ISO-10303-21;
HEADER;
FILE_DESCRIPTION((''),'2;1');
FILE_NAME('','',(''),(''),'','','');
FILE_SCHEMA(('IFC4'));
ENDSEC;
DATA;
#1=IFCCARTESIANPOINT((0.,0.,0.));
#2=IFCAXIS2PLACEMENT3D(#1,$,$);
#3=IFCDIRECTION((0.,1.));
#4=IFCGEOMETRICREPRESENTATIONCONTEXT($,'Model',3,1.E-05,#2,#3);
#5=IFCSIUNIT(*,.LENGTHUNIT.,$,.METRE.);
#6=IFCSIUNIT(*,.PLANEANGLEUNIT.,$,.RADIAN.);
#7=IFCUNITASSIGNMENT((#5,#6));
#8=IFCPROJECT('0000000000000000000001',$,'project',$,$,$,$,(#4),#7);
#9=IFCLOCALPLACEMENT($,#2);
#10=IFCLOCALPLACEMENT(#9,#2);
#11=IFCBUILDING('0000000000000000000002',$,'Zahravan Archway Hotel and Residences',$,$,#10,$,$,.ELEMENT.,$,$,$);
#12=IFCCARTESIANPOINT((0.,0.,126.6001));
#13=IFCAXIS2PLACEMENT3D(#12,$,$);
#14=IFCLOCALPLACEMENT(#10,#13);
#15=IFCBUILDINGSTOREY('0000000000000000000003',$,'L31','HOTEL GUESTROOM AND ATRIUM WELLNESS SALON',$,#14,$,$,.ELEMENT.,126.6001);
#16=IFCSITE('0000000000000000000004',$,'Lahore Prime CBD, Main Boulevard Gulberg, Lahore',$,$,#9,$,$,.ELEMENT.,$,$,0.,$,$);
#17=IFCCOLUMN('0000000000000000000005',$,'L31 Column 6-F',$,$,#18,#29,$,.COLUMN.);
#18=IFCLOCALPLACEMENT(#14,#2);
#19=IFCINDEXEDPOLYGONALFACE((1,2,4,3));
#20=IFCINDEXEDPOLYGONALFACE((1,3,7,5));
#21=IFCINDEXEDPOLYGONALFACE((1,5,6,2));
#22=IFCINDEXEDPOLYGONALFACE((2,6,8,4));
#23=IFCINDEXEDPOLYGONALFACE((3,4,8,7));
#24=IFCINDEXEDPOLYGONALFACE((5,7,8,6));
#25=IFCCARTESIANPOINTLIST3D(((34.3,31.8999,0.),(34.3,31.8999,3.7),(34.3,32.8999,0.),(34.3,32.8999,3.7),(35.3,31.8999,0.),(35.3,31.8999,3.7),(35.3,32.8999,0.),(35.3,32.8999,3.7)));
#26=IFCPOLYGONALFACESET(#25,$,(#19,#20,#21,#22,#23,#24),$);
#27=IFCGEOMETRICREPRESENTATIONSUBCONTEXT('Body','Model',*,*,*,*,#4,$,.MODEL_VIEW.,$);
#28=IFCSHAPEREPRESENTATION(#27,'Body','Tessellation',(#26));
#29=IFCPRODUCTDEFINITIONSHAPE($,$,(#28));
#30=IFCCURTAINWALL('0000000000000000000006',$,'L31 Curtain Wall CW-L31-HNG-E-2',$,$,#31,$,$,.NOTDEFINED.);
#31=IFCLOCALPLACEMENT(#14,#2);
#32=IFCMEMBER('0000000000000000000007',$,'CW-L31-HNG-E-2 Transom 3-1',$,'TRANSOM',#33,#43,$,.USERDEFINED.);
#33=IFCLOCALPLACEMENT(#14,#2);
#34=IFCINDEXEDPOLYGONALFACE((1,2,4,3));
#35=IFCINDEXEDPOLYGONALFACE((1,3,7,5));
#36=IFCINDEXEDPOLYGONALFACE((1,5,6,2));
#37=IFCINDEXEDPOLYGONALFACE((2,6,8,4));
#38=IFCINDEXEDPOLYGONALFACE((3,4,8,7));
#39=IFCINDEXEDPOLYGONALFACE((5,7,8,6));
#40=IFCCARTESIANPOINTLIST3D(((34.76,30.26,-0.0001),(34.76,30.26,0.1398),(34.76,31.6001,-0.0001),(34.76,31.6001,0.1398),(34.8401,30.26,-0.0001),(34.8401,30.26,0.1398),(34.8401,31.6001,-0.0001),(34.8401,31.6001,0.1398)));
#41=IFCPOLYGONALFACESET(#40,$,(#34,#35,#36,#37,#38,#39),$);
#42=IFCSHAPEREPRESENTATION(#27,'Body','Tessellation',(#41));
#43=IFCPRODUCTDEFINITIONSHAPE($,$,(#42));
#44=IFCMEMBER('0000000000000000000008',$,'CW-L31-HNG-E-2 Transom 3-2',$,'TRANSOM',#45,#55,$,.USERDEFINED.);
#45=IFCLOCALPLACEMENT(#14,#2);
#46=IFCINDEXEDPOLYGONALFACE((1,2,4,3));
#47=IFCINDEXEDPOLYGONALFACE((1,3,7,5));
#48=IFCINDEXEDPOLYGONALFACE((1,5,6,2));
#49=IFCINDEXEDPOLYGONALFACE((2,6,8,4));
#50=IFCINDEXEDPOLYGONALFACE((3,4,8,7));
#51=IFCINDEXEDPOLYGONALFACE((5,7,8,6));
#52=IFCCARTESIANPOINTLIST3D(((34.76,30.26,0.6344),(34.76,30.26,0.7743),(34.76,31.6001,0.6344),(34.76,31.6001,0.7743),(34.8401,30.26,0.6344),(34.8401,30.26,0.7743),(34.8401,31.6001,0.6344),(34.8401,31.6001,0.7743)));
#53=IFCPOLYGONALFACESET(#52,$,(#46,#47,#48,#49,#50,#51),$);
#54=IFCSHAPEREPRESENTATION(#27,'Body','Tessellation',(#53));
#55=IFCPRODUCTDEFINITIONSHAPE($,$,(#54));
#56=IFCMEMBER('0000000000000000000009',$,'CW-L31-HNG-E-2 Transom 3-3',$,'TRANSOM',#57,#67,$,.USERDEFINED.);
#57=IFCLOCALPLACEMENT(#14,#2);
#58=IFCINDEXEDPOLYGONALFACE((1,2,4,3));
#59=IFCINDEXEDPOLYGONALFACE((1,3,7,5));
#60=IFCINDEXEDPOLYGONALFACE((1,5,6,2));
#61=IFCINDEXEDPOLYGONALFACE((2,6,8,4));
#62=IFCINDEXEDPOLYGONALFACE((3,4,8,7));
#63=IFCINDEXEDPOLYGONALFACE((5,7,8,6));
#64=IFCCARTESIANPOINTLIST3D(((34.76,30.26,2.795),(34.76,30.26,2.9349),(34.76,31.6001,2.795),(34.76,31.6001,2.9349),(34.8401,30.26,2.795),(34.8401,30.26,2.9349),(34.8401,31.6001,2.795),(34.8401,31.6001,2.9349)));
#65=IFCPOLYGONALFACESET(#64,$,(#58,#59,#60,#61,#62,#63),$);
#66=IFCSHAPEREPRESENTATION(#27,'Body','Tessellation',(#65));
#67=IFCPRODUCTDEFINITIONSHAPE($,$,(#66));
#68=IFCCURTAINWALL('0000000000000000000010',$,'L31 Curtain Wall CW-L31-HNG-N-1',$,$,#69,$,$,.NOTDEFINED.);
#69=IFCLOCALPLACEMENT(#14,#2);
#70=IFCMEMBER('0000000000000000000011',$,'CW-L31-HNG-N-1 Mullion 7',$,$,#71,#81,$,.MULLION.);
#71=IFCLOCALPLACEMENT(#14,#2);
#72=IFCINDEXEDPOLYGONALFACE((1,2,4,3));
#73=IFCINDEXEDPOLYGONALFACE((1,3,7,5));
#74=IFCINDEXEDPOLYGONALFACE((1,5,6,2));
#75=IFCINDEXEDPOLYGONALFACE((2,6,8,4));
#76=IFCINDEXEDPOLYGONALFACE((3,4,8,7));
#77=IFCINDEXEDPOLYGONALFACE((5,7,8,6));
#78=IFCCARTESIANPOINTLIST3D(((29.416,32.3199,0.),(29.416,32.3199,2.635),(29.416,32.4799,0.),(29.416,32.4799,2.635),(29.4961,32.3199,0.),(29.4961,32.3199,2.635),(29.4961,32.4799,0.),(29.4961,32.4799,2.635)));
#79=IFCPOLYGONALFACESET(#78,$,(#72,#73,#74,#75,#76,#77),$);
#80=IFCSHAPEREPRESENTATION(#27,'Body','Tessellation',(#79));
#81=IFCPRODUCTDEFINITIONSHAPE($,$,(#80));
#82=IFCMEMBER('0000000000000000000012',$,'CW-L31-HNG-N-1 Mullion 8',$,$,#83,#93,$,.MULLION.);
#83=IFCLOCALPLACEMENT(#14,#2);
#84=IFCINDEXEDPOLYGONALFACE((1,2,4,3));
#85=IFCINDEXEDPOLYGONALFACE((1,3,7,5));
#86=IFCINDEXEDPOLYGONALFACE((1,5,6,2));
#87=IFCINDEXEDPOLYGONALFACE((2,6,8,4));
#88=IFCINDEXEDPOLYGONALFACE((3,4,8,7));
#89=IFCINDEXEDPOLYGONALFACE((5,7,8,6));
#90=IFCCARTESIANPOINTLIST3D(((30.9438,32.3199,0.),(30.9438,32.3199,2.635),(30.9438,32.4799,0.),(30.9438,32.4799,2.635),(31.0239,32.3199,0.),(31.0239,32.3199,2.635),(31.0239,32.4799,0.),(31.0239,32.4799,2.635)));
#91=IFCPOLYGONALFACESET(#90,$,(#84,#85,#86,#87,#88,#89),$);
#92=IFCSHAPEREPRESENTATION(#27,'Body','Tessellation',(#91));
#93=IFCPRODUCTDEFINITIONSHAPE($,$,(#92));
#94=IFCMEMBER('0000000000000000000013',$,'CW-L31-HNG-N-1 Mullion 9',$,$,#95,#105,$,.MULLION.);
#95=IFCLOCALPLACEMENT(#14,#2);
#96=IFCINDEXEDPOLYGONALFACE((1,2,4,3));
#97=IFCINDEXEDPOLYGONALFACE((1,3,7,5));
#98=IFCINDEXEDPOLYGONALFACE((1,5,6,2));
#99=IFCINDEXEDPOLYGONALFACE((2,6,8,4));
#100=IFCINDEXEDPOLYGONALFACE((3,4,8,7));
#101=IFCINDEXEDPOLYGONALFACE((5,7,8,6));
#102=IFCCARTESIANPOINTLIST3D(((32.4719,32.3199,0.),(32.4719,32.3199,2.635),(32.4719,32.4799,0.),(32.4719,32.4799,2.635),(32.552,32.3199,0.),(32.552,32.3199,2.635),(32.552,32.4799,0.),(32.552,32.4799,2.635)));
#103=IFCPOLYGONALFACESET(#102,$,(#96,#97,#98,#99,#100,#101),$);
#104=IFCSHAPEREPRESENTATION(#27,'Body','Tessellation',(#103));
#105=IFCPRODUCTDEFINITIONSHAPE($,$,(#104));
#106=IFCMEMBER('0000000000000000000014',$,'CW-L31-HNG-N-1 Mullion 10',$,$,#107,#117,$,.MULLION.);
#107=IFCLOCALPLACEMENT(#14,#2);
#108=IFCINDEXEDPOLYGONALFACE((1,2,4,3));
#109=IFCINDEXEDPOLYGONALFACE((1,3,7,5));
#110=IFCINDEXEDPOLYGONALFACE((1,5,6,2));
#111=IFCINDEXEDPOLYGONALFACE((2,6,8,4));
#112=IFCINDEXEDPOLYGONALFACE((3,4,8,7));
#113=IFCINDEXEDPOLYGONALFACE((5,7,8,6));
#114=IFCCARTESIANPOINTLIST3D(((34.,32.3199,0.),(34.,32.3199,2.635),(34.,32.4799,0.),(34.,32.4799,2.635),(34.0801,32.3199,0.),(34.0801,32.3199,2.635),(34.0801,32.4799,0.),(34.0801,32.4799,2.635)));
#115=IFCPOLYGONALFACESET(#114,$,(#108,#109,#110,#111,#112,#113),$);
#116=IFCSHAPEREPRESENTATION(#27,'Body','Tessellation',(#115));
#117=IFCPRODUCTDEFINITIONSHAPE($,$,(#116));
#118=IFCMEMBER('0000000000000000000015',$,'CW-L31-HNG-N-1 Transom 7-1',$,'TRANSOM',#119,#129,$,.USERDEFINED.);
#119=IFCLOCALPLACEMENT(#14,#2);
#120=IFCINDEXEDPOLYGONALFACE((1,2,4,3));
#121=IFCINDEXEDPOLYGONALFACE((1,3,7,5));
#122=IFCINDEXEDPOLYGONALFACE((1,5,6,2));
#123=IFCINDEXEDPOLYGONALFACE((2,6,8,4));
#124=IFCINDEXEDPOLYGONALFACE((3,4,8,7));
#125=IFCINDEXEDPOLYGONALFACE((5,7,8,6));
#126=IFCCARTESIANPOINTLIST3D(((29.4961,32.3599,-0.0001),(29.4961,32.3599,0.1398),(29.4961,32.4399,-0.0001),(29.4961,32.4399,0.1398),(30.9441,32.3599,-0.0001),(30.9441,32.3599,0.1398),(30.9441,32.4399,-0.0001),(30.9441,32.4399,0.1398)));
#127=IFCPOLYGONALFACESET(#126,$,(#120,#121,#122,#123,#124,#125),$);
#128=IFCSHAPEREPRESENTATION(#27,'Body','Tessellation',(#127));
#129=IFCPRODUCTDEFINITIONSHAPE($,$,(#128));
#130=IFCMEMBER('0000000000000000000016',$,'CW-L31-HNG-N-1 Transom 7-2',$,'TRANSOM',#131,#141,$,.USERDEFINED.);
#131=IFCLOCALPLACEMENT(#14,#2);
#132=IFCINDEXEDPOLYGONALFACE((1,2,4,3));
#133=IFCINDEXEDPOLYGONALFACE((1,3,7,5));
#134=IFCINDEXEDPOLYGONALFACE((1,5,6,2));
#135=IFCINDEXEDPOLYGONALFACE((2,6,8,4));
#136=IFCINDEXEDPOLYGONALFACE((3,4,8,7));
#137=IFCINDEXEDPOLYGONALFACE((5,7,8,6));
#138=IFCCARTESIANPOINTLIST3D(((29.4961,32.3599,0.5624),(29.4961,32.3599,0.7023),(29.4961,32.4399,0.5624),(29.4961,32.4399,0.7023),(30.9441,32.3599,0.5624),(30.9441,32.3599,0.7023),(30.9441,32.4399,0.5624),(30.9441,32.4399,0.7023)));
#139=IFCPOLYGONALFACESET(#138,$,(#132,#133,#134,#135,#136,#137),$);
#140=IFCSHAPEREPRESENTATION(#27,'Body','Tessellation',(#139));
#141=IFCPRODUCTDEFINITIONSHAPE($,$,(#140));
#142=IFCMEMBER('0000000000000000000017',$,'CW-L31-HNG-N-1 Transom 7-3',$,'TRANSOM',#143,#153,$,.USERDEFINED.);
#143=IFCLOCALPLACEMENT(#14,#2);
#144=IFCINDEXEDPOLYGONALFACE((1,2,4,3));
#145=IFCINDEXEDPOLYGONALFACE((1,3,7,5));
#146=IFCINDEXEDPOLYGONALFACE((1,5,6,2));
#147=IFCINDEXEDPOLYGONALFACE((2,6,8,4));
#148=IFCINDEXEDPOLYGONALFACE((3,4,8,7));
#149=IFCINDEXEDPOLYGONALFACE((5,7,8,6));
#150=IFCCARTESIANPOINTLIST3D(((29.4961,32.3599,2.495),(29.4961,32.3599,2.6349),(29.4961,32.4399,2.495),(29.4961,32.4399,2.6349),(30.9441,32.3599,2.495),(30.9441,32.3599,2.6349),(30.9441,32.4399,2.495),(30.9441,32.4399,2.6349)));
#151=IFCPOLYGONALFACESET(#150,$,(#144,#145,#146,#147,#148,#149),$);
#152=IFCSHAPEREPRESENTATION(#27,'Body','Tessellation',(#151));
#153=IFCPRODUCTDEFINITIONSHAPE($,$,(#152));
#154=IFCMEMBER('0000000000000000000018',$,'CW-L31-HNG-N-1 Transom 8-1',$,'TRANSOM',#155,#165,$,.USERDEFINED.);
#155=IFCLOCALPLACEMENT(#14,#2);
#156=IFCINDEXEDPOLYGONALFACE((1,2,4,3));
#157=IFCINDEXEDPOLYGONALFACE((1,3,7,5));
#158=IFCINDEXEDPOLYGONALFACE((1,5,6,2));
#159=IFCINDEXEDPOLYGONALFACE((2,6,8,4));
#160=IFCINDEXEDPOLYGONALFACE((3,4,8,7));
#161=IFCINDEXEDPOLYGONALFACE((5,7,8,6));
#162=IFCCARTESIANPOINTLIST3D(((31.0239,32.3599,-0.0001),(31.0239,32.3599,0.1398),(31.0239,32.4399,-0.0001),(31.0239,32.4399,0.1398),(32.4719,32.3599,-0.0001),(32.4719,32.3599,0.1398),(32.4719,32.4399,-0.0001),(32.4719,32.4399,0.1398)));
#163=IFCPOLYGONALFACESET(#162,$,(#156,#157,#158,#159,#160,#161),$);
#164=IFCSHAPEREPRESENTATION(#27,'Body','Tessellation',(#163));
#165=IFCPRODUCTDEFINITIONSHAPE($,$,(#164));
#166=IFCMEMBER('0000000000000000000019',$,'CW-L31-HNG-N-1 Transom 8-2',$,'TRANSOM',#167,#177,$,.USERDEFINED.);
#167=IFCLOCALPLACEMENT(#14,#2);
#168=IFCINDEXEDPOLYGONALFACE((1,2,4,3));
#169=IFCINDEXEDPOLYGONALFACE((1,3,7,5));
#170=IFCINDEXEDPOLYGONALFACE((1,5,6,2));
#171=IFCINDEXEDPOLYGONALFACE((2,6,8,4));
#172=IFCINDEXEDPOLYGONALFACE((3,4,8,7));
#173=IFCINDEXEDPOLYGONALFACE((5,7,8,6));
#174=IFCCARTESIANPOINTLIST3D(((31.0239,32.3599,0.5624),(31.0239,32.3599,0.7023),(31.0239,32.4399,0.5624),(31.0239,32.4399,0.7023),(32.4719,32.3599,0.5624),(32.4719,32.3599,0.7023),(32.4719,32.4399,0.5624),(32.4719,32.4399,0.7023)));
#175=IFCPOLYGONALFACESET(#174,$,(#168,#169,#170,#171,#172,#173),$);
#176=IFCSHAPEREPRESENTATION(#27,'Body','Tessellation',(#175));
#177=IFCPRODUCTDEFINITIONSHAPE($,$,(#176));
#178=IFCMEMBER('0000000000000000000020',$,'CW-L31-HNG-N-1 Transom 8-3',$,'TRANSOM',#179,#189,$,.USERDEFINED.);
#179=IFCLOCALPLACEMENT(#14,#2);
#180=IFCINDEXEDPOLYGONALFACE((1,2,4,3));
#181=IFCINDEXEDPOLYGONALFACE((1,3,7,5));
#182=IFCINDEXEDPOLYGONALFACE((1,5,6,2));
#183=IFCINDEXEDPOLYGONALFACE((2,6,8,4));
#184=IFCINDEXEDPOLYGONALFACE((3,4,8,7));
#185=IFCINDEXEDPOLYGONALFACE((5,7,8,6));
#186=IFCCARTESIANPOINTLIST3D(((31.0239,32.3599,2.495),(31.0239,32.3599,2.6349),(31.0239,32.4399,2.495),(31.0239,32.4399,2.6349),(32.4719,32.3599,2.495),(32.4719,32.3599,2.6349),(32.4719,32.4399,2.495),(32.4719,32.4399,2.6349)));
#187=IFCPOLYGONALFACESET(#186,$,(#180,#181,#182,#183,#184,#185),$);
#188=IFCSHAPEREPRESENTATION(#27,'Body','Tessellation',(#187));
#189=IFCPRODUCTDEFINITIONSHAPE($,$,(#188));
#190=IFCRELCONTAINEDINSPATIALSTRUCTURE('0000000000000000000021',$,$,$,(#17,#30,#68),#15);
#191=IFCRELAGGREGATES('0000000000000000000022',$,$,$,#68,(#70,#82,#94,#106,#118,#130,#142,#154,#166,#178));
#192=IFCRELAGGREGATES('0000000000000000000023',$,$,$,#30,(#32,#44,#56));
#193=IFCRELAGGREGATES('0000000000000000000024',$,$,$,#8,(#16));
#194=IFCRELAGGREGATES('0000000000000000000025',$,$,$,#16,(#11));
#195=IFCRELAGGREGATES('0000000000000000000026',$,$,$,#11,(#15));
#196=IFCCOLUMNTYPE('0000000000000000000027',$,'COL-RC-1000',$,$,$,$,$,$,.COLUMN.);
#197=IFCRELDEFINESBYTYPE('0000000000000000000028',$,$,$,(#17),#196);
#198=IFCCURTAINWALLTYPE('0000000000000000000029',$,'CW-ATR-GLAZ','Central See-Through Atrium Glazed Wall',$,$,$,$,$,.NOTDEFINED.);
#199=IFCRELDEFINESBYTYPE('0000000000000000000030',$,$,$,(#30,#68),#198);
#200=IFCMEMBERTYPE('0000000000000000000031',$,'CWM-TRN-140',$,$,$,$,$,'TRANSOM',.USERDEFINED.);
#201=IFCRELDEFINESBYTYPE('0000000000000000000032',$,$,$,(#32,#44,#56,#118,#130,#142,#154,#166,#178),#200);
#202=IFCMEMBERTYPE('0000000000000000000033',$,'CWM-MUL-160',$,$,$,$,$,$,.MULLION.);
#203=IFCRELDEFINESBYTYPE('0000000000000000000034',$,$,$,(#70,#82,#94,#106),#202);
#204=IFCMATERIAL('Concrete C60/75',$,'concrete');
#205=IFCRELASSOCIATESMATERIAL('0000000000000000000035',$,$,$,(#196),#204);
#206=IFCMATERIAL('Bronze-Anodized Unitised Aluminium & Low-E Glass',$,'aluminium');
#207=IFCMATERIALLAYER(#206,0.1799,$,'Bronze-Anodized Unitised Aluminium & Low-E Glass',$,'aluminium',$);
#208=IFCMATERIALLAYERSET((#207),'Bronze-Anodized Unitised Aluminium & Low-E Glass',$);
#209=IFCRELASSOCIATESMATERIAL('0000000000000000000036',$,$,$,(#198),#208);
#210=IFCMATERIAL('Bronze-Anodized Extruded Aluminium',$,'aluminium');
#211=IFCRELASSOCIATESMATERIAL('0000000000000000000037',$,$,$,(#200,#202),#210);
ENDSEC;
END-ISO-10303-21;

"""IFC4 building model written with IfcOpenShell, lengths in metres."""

from ifc_helpers import new_model, si_unit, direction, frame, origin, origin_2d, place, context, subcontext, project, spatial, rectangle, extrude, source, transform, mapped, material, layer, layer_set, material_profile, profile_set, type_object, type_shapes, element, aggregate, save


model = new_model("IFC4")

# Units and contexts
model_context = context("Model", 3, precision=1e-05, world=origin(), true_north=direction((0.0, 1.0)))
body_context = subcontext(model_context, "Body", "Model", "MODEL_VIEW")
ifc_project = project(units=[si_unit("LENGTHUNIT", "METRE"), si_unit("PLANEANGLEUNIT", "RADIAN")], contexts=[model_context])

# Site, building, storey
site_placement = place(None, origin())
site = spatial("IfcSite", under=ifc_project, at=site_placement, Name="Lahore Prime CBD, Main Boulevard Gulberg, Lahore", CompositionType="ELEMENT", RefElevation=0.0)
building_placement = place(site_placement, origin())
building = spatial("IfcBuilding", under=site, at=building_placement, Name="Zahravan Archway Hotel and Residences", CompositionType="ELEMENT")
storey_placement = place(building_placement, frame((0.0, 0.0, 126.6001)))
storey = spatial("IfcBuildingStorey", under=building, at=storey_placement, Name="L31", Description="HOTEL GUESTROOM AND ATRIUM WELLNESS SALON", CompositionType="ELEMENT", Elevation=126.6001)

# Column
ifc_material_1 = material(Name="Concrete C60/75", Category="concrete")
ifc_material_profile_1 = material_profile(ifc_material_1, rectangle(XDim=1.0, YDim=1.0, at=origin_2d()), Name="RC-COL-1000x1000", Category="concrete")
ifc_profile_set_1 = profile_set([ifc_material_profile_1], Name="Concrete C60/75")
column_type = type_object("IfcColumnType", Name="COL-RC-1000", PredefinedType="COLUMN", material=ifc_profile_set_1)
shared_shape_1 = source(origin(), body_context, "Body", "SweptSolid", [
    extrude(rectangle(XDim=1.0, YDim=1.0, at=origin_2d()), origin(), (0.0, 0.0, 1.0), 3.7),
])
type_shapes(column_type, [shared_shape_1])
column_placement = place(storey_placement, frame((34.8, 32.3999, 0.0), z_axis=(0.0, 0.0, 1.0), x_axis=(1.0, 0.0, 0.0)))
element("IfcColumn", 1, at=column_placement, inside=storey, type_object=column_type, Name="L31 Column 6-F", PredefinedType="COLUMN", context=body_context, shape_type="MappedRepresentation", body=[
    mapped(shared_shape_1, transform((0.0, 0.0, 0.0), scale=1.0)),
])

# Curtain walls, members
ifc_material_2 = material(Name="Bronze-Anodized Unitised Aluminium & Low-E Glass", Category="aluminium")
ifc_layer_1 = layer(ifc_material_2, 0.1799, Name="Bronze-Anodized Unitised Aluminium & Low-E Glass", Category="aluminium")
ifc_layer_set_1 = layer_set([ifc_layer_1], Name="Bronze-Anodized Unitised Aluminium & Low-E Glass")
curtain_wall_type = type_object("IfcCurtainWallType", Name="CW-ATR-GLAZ", Description="Central See-Through Atrium Glazed Wall", PredefinedType="NOTDEFINED", material=ifc_layer_set_1)
curtain_wall_1_placement = place(storey_placement, origin())
curtain_wall_1 = element("IfcCurtainWall", 2, at=curtain_wall_1_placement, inside=storey, type_object=curtain_wall_type, Name="L31 Curtain Wall CW-L31-HNG-E-2", PredefinedType="NOTDEFINED")
ifc_material_3 = material(Name="Bronze-Anodized Extruded Aluminium", Category="aluminium")
ifc_material_profile_2 = material_profile(ifc_material_3, rectangle(XDim=0.0801, YDim=0.1399, at=origin_2d()), Name="TRN 80x140", Category="aluminium")
ifc_profile_set_2 = profile_set([ifc_material_profile_2], Name="Bronze-Anodized Extruded Aluminium")
member_type_1 = type_object("IfcMemberType", Name="CWM-TRN-140", ElementType="TRANSOM", PredefinedType="USERDEFINED", material=ifc_profile_set_2)
shared_shape_2 = source(origin(), body_context, "Body", "SweptSolid", [
    extrude(rectangle(XDim=0.0801, YDim=0.1399, at=origin_2d()), origin(), (0.0, 0.0, 1.0), 1.3401),
])
member_1_placement = place(storey_placement, frame((34.8, 30.26, 0.0698), z_axis=(0.0, 1.0, 0.0), x_axis=(-1.0, 0.0, 0.0)))
member_1 = element("IfcMember", 3, at=member_1_placement, type_object=member_type_1, Name="CW-L31-HNG-E-2 Transom 3-1", ObjectType="TRANSOM", PredefinedType="USERDEFINED", context=body_context, shape_type="MappedRepresentation", body=[
    mapped(shared_shape_2, transform((0.0, 0.0, 0.0), scale=1.0)),
])
member_2_placement = place(storey_placement, frame((34.8, 30.26, 0.7043), z_axis=(0.0, 1.0, 0.0), x_axis=(-1.0, 0.0, 0.0)))
member_2 = element("IfcMember", 4, at=member_2_placement, type_object=member_type_1, Name="CW-L31-HNG-E-2 Transom 3-2", ObjectType="TRANSOM", PredefinedType="USERDEFINED", context=body_context, shape_type="MappedRepresentation", body=[
    mapped(shared_shape_2, transform((0.0, 0.0, 0.0), scale=1.0)),
])
member_3_placement = place(storey_placement, frame((34.8, 30.26, 2.865), z_axis=(0.0, 1.0, 0.0), x_axis=(-1.0, 0.0, 0.0)))
member_3 = element("IfcMember", 5, at=member_3_placement, type_object=member_type_1, Name="CW-L31-HNG-E-2 Transom 3-3", ObjectType="TRANSOM", PredefinedType="USERDEFINED", context=body_context, shape_type="MappedRepresentation", body=[
    mapped(shared_shape_2, transform((0.0, 0.0, 0.0), scale=1.0)),
])
curtain_wall_2_placement = place(storey_placement, origin())
curtain_wall_2 = element("IfcCurtainWall", 6, at=curtain_wall_2_placement, inside=storey, type_object=curtain_wall_type, Name="L31 Curtain Wall CW-L31-HNG-N-1", PredefinedType="NOTDEFINED")
ifc_material_profile_3 = material_profile(ifc_material_3, rectangle(XDim=0.0801, YDim=0.1599, at=origin_2d()), Name="MUL 80x160", Category="aluminium")
ifc_profile_set_3 = profile_set([ifc_material_profile_3], Name="Bronze-Anodized Extruded Aluminium")
member_type_2 = type_object("IfcMemberType", Name="CWM-MUL-160", PredefinedType="MULLION", material=ifc_profile_set_3)
shared_shape_3 = source(origin(), body_context, "Body", "SweptSolid", [
    extrude(rectangle(XDim=0.0801, YDim=0.1599, at=origin_2d()), origin(), (0.0, 0.0, 1.0), 2.635),
])
member_4_placement = place(storey_placement, frame((29.4561, 32.3999, 0.0), z_axis=(0.0, 0.0, 1.0), x_axis=(1.0, 0.0, 0.0)))
member_4 = element("IfcMember", 7, at=member_4_placement, type_object=member_type_2, Name="CW-L31-HNG-N-1 Mullion 7", PredefinedType="MULLION", context=body_context, shape_type="MappedRepresentation", body=[
    mapped(shared_shape_3, transform((0.0, 0.0, 0.0), scale=1.0)),
])
member_5_placement = place(storey_placement, frame((30.9839, 32.3999, 0.0), z_axis=(0.0, 0.0, 1.0), x_axis=(1.0, 0.0, 0.0)))
member_5 = element("IfcMember", 8, at=member_5_placement, type_object=member_type_2, Name="CW-L31-HNG-N-1 Mullion 8", PredefinedType="MULLION", context=body_context, shape_type="MappedRepresentation", body=[
    mapped(shared_shape_3, transform((0.0, 0.0, 0.0), scale=1.0)),
])
member_6_placement = place(storey_placement, frame((32.512, 32.3999, 0.0), z_axis=(0.0, 0.0, 1.0), x_axis=(1.0, 0.0, 0.0)))
member_6 = element("IfcMember", 9, at=member_6_placement, type_object=member_type_2, Name="CW-L31-HNG-N-1 Mullion 9", PredefinedType="MULLION", context=body_context, shape_type="MappedRepresentation", body=[
    mapped(shared_shape_3, transform((0.0, 0.0, 0.0), scale=1.0)),
])
member_7_placement = place(storey_placement, frame((34.04, 32.3999, 0.0), z_axis=(0.0, 0.0, 1.0), x_axis=(1.0, 0.0, 0.0)))
member_7 = element("IfcMember", 10, at=member_7_placement, type_object=member_type_2, Name="CW-L31-HNG-N-1 Mullion 10", PredefinedType="MULLION", context=body_context, shape_type="MappedRepresentation", body=[
    mapped(shared_shape_3, transform((0.0, 0.0, 0.0), scale=1.0)),
])
shared_shape_4 = source(origin(), body_context, "Body", "SweptSolid", [
    extrude(rectangle(XDim=0.0801, YDim=0.1399, at=origin_2d()), origin(), (0.0, 0.0, 1.0), 1.448),
])
member_8_placement = place(storey_placement, frame((29.4961, 32.3999, 0.0698), z_axis=(1.0, 0.0, 0.0), x_axis=(0.0, 1.0, 0.0)))
member_8 = element("IfcMember", 11, at=member_8_placement, type_object=member_type_1, Name="CW-L31-HNG-N-1 Transom 7-1", ObjectType="TRANSOM", PredefinedType="USERDEFINED", context=body_context, shape_type="MappedRepresentation", body=[
    mapped(shared_shape_4, transform((0.0, 0.0, 0.0), scale=1.0)),
])
member_9_placement = place(storey_placement, frame((29.4961, 32.3999, 0.6323), z_axis=(1.0, 0.0, 0.0), x_axis=(0.0, 1.0, 0.0)))
member_9 = element("IfcMember", 12, at=member_9_placement, type_object=member_type_1, Name="CW-L31-HNG-N-1 Transom 7-2", ObjectType="TRANSOM", PredefinedType="USERDEFINED", context=body_context, shape_type="MappedRepresentation", body=[
    mapped(shared_shape_4, transform((0.0, 0.0, 0.0), scale=1.0)),
])
member_10_placement = place(storey_placement, frame((29.4961, 32.3999, 2.5649), z_axis=(1.0, 0.0, 0.0), x_axis=(0.0, 1.0, 0.0)))
member_10 = element("IfcMember", 13, at=member_10_placement, type_object=member_type_1, Name="CW-L31-HNG-N-1 Transom 7-3", ObjectType="TRANSOM", PredefinedType="USERDEFINED", context=body_context, shape_type="MappedRepresentation", body=[
    mapped(shared_shape_4, transform((0.0, 0.0, 0.0), scale=1.0)),
])
member_11_placement = place(storey_placement, frame((31.0239, 32.3999, 0.0698), z_axis=(1.0, 0.0, 0.0), x_axis=(0.0, 1.0, 0.0)))
member_11 = element("IfcMember", 14, at=member_11_placement, type_object=member_type_1, Name="CW-L31-HNG-N-1 Transom 8-1", ObjectType="TRANSOM", PredefinedType="USERDEFINED", context=body_context, shape_type="MappedRepresentation", body=[
    mapped(shared_shape_4, transform((0.0, 0.0, 0.0), scale=1.0)),
])
member_12_placement = place(storey_placement, frame((31.0239, 32.3999, 0.6323), z_axis=(1.0, 0.0, 0.0), x_axis=(0.0, 1.0, 0.0)))
member_12 = element("IfcMember", 15, at=member_12_placement, type_object=member_type_1, Name="CW-L31-HNG-N-1 Transom 8-2", ObjectType="TRANSOM", PredefinedType="USERDEFINED", context=body_context, shape_type="MappedRepresentation", body=[
    mapped(shared_shape_4, transform((0.0, 0.0, 0.0), scale=1.0)),
])
member_13_placement = place(storey_placement, frame((31.0239, 32.3999, 2.5649), z_axis=(1.0, 0.0, 0.0), x_axis=(0.0, 1.0, 0.0)))
member_13 = element("IfcMember", 16, at=member_13_placement, type_object=member_type_1, Name="CW-L31-HNG-N-1 Transom 8-3", ObjectType="TRANSOM", PredefinedType="USERDEFINED", context=body_context, shape_type="MappedRepresentation", body=[
    mapped(shared_shape_4, transform((0.0, 0.0, 0.0), scale=1.0)),
])

aggregate(curtain_wall_2, [member_4, member_5, member_6, member_7, member_8, member_9, member_10, member_11, member_12, member_13])
aggregate(curtain_wall_1, [member_1, member_2, member_3])

save(model, "model.ifc")
